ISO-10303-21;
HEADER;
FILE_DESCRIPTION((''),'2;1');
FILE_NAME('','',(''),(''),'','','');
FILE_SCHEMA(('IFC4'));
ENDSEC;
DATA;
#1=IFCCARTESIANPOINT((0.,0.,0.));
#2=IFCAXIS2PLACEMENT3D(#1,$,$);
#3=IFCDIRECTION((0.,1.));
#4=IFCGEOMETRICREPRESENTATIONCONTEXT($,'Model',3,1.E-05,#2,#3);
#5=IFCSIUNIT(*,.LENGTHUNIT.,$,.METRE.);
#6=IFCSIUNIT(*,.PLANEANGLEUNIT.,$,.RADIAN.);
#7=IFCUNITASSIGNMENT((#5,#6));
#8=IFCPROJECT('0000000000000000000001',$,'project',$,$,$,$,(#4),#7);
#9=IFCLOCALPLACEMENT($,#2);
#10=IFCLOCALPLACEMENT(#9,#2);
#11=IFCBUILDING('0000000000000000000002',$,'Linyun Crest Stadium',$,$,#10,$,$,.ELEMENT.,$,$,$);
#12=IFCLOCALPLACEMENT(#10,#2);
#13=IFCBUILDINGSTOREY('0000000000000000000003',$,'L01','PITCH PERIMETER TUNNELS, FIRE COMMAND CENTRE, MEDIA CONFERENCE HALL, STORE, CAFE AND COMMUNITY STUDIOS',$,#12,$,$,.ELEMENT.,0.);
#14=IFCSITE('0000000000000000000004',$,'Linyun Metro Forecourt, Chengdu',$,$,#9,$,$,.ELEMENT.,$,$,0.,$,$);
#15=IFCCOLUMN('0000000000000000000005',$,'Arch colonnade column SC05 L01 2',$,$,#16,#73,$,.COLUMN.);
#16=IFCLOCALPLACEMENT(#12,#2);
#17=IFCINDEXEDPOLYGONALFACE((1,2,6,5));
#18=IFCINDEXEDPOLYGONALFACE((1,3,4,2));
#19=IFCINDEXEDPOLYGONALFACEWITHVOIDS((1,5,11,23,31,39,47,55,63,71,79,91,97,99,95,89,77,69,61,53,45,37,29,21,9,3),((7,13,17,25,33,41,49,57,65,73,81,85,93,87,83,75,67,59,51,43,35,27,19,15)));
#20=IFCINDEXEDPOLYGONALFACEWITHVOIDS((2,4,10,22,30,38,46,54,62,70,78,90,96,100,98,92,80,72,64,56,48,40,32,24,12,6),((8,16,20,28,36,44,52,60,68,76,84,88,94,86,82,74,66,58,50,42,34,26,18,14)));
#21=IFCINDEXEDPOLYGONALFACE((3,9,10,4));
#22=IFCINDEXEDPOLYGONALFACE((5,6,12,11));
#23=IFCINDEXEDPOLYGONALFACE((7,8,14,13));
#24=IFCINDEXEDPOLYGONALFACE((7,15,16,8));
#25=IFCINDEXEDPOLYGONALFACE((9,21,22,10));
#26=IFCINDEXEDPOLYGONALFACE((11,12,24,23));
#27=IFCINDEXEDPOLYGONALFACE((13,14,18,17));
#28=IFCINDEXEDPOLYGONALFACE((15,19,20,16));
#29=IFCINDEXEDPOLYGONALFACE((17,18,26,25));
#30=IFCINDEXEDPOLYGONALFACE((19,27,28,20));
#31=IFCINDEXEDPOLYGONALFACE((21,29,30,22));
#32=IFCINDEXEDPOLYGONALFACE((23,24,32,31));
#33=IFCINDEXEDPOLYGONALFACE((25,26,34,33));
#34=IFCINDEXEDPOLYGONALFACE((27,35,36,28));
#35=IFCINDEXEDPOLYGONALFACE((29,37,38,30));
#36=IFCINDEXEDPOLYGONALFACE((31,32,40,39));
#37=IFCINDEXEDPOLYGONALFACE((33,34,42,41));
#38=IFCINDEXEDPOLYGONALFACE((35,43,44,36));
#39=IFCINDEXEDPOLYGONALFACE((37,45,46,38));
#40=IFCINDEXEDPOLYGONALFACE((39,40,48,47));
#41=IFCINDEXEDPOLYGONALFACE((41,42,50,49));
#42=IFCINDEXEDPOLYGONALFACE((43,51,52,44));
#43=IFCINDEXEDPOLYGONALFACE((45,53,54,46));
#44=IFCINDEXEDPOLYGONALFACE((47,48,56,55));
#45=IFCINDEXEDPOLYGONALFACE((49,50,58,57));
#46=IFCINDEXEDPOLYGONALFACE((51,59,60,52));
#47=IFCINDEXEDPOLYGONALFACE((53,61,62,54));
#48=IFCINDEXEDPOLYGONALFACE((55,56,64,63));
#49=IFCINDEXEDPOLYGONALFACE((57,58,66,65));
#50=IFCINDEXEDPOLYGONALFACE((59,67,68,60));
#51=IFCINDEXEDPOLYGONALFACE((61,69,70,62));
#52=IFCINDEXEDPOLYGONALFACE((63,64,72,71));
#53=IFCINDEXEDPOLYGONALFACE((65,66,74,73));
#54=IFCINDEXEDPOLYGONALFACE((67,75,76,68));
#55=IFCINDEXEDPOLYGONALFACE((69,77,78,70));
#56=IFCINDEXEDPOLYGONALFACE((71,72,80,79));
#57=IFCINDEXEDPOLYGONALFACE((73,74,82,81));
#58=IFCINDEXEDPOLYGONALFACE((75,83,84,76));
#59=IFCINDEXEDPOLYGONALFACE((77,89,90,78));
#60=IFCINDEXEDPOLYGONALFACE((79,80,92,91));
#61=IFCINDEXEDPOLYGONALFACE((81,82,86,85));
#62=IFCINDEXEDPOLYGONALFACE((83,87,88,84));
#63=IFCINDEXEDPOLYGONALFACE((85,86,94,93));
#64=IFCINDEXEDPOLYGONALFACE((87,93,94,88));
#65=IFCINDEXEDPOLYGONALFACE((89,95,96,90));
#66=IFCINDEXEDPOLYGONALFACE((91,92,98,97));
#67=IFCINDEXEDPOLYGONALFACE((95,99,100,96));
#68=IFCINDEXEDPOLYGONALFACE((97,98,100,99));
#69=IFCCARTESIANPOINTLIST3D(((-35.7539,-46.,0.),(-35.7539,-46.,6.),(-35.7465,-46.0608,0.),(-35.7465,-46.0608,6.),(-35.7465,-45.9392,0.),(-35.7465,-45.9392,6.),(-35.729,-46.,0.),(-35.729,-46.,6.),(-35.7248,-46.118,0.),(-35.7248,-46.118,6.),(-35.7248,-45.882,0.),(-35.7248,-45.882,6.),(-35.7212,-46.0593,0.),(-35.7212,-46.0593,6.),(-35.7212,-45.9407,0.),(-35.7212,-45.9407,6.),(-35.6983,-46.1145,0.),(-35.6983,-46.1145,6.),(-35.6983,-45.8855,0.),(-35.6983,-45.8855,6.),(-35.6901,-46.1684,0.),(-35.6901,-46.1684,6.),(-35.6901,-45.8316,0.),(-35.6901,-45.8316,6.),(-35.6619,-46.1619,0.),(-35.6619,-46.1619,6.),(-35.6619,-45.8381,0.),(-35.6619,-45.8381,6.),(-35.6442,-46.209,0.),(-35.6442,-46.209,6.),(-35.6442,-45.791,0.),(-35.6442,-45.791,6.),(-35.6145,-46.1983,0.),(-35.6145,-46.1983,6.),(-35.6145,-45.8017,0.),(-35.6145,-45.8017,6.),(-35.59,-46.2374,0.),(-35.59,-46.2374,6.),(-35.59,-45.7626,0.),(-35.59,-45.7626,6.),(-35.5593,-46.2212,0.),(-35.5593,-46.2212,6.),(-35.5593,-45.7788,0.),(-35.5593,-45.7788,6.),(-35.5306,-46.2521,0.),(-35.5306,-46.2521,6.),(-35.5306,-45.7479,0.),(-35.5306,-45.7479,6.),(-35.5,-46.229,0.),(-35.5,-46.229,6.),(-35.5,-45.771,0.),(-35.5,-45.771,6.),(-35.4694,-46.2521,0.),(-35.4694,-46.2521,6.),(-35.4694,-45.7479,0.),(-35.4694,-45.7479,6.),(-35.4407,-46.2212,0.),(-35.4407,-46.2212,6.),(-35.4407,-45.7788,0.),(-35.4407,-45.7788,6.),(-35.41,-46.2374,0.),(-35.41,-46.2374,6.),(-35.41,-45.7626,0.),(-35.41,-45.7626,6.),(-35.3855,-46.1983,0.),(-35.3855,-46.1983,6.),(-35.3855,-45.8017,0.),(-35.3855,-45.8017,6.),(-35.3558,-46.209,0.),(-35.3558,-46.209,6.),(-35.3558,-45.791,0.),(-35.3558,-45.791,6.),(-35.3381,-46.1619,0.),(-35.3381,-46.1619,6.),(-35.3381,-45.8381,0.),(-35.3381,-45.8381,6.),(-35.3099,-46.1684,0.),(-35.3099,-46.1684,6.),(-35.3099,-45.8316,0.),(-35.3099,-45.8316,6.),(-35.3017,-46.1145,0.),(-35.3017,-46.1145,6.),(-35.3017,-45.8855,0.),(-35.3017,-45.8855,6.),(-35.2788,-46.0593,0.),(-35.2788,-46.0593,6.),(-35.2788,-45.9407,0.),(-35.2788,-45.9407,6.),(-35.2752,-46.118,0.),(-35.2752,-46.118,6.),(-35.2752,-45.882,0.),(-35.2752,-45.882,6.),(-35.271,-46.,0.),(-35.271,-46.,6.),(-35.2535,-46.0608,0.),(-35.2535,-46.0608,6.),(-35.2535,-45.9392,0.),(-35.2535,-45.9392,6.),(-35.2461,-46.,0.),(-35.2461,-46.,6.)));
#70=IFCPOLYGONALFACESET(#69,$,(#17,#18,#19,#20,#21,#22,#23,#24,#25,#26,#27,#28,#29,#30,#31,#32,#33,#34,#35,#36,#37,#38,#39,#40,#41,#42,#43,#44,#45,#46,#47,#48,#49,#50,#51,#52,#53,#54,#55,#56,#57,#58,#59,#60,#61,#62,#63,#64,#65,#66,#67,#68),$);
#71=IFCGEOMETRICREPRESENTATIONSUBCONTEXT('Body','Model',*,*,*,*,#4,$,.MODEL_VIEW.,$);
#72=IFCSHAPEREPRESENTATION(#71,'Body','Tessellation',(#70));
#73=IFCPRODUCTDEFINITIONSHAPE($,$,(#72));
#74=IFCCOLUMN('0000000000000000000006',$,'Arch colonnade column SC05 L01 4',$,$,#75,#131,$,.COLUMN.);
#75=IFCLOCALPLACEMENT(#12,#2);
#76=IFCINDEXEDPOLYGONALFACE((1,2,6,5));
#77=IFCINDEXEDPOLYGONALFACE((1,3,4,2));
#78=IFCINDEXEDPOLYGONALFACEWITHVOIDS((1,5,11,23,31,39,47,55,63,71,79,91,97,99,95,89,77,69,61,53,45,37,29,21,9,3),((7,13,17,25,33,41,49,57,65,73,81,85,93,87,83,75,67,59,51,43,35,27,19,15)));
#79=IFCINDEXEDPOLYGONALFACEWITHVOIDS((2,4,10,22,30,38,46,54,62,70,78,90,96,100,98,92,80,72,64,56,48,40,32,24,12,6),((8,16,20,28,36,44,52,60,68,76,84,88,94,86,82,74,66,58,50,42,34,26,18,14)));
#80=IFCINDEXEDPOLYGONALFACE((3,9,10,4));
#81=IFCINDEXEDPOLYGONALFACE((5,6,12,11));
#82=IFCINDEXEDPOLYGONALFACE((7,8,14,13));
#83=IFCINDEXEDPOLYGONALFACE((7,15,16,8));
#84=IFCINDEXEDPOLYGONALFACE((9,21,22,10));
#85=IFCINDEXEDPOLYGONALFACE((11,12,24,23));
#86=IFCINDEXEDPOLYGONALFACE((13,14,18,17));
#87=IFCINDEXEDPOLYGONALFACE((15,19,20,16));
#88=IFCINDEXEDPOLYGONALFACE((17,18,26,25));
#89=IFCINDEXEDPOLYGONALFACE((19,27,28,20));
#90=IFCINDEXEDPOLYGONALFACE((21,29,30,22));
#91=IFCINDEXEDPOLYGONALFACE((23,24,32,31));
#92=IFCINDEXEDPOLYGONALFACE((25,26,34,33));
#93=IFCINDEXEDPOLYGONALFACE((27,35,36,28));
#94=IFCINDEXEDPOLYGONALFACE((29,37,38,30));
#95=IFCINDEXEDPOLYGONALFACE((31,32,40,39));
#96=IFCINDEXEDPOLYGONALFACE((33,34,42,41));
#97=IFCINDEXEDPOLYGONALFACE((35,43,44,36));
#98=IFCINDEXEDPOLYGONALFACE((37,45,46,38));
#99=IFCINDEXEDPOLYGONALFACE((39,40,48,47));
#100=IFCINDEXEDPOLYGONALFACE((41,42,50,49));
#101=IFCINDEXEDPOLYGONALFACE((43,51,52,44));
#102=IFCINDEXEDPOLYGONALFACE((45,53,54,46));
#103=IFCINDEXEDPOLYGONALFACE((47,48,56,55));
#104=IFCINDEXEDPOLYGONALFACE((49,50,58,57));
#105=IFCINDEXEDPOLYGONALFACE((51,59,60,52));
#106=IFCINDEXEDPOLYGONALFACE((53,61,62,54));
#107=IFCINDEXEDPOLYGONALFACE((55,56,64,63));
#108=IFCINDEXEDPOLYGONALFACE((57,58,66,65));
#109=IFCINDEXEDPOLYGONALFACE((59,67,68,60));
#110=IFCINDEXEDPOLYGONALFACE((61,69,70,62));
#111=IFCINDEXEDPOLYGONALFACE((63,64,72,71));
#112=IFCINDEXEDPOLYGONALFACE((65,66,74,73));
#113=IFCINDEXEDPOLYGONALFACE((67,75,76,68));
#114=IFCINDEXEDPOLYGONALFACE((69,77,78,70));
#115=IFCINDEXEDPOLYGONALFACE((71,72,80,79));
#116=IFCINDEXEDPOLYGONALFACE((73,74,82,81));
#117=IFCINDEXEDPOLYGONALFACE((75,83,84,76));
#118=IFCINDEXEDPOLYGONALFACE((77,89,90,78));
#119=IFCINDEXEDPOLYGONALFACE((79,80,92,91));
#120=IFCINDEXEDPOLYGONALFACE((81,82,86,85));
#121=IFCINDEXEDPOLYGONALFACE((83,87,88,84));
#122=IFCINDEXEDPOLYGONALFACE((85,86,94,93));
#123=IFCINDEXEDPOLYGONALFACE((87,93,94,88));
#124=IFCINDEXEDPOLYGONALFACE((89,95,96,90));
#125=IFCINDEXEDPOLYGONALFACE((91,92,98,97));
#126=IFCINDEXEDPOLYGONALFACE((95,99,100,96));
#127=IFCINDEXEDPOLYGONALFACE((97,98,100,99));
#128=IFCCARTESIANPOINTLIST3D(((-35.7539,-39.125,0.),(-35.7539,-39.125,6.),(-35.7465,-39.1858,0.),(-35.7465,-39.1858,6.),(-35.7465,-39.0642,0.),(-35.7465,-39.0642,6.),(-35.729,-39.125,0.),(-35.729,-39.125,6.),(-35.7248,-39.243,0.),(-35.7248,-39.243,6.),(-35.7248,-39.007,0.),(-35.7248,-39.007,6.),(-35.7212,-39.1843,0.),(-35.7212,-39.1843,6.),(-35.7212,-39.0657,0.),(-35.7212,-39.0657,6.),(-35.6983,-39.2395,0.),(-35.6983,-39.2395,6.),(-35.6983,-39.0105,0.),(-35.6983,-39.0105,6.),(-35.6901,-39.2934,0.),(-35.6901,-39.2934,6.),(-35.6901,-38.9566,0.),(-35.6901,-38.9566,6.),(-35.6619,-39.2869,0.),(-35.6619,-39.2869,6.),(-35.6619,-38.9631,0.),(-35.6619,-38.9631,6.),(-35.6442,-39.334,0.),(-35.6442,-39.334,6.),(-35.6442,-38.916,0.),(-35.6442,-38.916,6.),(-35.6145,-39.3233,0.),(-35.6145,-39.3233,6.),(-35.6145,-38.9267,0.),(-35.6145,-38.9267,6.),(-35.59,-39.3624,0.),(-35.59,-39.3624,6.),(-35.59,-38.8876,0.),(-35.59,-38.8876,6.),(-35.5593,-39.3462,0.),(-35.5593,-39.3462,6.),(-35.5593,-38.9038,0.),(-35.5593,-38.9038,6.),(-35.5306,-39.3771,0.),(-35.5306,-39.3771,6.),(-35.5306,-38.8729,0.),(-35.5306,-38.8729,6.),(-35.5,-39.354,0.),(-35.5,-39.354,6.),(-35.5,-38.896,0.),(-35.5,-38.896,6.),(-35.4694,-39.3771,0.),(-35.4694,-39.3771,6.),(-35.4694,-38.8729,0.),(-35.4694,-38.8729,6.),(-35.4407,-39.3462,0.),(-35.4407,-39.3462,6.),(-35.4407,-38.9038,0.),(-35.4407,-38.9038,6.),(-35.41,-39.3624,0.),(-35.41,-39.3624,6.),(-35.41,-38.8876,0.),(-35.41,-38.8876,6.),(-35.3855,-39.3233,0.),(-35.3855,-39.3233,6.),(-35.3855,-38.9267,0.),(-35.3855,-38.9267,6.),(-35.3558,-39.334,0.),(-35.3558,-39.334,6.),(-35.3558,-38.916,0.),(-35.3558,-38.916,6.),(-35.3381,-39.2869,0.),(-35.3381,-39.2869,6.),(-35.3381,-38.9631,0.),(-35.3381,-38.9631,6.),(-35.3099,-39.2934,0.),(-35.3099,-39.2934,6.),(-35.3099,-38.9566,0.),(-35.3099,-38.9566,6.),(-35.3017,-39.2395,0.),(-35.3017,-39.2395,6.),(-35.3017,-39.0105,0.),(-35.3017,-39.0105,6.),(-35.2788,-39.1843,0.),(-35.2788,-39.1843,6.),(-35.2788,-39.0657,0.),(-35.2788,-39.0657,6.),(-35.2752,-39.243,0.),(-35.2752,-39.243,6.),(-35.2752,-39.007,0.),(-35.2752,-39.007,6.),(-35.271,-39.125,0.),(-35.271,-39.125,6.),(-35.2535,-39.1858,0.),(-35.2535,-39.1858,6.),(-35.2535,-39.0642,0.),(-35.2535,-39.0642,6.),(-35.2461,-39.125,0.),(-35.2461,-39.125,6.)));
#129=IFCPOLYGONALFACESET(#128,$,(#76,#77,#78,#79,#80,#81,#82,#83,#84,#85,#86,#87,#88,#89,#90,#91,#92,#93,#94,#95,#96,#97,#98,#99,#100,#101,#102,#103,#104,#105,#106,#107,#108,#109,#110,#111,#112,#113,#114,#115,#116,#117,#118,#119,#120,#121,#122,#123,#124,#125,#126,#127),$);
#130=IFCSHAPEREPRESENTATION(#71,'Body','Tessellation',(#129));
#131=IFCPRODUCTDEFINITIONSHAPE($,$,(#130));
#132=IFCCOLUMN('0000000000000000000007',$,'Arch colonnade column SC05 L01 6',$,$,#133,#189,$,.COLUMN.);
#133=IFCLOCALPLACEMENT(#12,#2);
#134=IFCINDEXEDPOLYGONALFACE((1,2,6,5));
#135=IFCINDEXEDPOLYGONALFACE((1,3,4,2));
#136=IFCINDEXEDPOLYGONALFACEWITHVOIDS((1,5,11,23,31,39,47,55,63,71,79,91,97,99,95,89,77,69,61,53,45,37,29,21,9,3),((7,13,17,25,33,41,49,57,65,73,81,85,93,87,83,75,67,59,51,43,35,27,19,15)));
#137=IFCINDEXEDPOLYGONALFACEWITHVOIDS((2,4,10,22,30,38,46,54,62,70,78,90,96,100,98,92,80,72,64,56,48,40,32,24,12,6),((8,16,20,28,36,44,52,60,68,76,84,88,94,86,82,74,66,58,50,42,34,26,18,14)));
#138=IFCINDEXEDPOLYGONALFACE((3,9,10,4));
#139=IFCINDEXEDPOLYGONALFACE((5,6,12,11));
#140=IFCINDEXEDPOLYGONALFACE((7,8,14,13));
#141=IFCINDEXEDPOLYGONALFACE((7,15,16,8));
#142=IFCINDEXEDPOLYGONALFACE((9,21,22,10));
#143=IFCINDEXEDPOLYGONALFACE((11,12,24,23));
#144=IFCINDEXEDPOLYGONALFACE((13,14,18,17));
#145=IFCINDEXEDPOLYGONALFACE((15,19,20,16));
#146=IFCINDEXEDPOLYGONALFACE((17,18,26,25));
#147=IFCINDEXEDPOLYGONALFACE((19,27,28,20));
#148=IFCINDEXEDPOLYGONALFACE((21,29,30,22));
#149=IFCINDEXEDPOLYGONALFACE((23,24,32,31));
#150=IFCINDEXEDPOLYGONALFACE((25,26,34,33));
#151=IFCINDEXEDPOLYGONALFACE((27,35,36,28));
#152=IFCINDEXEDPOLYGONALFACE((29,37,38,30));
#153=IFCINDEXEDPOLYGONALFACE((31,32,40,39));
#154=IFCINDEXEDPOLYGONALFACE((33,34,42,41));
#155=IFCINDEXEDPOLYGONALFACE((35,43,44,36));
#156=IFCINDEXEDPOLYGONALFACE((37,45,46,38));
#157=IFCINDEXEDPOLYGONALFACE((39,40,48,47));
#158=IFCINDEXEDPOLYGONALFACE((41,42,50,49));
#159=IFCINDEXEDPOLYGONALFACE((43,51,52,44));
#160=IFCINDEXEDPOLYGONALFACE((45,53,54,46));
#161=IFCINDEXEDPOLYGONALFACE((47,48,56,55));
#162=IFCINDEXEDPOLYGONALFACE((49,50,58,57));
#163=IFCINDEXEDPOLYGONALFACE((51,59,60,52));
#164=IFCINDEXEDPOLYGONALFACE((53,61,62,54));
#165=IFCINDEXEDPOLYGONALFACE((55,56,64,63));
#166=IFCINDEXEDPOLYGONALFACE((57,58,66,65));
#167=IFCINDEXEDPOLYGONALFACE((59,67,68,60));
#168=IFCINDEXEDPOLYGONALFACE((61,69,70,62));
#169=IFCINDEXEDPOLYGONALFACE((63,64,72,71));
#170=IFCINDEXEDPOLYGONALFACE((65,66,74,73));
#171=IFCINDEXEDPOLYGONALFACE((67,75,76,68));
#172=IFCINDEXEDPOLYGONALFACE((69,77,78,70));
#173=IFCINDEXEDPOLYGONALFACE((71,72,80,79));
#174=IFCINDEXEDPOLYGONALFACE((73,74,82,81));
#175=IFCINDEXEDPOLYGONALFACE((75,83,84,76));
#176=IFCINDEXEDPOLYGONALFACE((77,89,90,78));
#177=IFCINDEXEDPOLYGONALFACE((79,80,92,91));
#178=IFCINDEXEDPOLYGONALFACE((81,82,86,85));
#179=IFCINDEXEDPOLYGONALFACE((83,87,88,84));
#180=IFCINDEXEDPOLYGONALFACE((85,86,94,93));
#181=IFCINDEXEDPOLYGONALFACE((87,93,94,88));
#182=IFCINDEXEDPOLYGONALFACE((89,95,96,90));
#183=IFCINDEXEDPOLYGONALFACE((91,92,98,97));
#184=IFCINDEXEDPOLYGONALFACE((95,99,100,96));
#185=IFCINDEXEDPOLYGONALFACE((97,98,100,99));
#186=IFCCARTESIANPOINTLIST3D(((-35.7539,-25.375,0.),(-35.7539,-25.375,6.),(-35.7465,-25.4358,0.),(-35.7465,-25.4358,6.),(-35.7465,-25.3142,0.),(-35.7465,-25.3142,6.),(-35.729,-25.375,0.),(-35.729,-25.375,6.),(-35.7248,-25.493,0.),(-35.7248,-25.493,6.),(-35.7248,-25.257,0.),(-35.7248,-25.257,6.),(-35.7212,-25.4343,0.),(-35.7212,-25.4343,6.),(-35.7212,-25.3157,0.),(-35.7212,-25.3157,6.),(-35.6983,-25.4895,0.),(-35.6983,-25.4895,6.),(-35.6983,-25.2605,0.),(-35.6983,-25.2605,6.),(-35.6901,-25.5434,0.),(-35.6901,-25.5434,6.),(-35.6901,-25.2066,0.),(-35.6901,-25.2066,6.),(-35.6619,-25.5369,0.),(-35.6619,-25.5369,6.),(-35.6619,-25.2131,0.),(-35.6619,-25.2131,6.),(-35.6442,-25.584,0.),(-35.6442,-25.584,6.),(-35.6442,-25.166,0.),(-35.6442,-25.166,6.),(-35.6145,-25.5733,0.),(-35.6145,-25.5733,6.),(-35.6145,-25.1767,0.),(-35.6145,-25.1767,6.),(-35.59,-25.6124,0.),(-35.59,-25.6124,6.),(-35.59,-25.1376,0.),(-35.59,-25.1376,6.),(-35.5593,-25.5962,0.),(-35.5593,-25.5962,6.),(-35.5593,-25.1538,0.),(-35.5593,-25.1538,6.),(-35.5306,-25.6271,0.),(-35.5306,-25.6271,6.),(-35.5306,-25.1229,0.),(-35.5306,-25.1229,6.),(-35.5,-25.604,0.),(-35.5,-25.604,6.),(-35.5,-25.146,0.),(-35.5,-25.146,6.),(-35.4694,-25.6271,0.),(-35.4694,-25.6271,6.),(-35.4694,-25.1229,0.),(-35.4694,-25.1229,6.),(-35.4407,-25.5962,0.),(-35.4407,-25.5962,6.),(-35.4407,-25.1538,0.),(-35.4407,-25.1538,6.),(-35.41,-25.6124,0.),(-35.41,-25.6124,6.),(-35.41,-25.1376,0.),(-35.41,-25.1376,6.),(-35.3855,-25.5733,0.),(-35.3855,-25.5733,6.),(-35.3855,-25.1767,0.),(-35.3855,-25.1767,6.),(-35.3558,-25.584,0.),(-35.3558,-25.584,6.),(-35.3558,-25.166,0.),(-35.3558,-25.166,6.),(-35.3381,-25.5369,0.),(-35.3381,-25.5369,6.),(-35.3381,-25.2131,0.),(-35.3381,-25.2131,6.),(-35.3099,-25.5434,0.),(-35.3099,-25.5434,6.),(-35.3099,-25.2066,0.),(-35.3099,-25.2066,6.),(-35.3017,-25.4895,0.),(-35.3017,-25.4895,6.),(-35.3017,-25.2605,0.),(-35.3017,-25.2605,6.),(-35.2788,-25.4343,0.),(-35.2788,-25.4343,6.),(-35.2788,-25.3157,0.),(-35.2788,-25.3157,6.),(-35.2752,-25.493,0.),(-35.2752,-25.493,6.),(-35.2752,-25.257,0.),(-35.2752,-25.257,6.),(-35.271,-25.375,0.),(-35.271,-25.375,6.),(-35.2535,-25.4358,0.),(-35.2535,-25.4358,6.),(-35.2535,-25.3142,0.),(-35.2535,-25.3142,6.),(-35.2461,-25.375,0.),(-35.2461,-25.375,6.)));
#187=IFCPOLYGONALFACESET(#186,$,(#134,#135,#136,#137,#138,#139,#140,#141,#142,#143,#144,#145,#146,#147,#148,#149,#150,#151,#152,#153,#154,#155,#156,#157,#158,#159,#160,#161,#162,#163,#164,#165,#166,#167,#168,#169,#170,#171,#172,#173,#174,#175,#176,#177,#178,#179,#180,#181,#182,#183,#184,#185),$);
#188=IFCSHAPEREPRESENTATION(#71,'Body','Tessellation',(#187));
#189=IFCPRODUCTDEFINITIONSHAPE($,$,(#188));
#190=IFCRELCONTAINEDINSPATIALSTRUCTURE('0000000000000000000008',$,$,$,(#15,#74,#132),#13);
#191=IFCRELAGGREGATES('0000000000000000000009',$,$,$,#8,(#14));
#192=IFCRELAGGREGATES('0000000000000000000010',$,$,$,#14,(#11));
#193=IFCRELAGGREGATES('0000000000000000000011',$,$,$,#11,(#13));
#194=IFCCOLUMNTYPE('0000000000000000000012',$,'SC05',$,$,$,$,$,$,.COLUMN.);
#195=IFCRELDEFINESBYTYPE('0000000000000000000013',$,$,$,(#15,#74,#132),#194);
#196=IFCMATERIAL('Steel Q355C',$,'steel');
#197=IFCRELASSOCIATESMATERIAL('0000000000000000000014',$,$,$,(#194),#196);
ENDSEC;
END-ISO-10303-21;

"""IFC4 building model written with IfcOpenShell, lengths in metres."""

from ifc_helpers import new_model, si_unit, direction, frame, origin, origin_2d, place, context, subcontext, project, spatial, hollow_circle, extrude, material, material_profile, profile_set, type_object, element, save


model = new_model("IFC4")

# Units and contexts
model_context = context("Model", 3, precision=1e-05, world=origin(), true_north=direction((0.0, 1.0)))
body_context = subcontext(model_context, "Body", "Model", "MODEL_VIEW")
ifc_project = project(units=[si_unit("LENGTHUNIT", "METRE"), si_unit("PLANEANGLEUNIT", "RADIAN")], contexts=[model_context])

# Site, building, storey
site_placement = place(None, origin())
site = spatial("IfcSite", under=ifc_project, at=site_placement, Name="Linyun Metro Forecourt, Chengdu", CompositionType="ELEMENT", RefElevation=0.0)
building_placement = place(site_placement, origin())
building = spatial("IfcBuilding", under=site, at=building_placement, Name="Linyun Crest Stadium", CompositionType="ELEMENT")
storey_placement = place(building_placement, origin())
storey = spatial("IfcBuildingStorey", under=building, at=storey_placement, Name="L01", Description="PITCH PERIMETER TUNNELS, FIRE COMMAND CENTRE, MEDIA CONFERENCE HALL, STORE, CAFE AND COMMUNITY STUDIOS", CompositionType="ELEMENT", Elevation=0.0)

# Columns
ifc_material_1 = material(Name="Steel Q355C", Category="steel")
ifc_material_profile_1 = material_profile(ifc_material_1, hollow_circle(Radius=0.2539, WallThickness=0.0249, at=origin_2d()), Name="CHS 508x25")
ifc_profile_set_1 = profile_set([ifc_material_profile_1], Name="Steel Q355C")
column_type = type_object("IfcColumnType", Name="SC05", PredefinedType="COLUMN", material=ifc_profile_set_1)
for number, where, z_axis, x_axis, name in (
    (1, (-35.5, -46.0, 0.0), (0.0, 0.0, 1.0), (1.0, 0.0, 0.0), "Arch colonnade column SC05 L01 2"),
    (2, (-35.5, -39.125, 0.0), (0.0, 0.0, 1.0), (1.0, 0.0, 0.0), "Arch colonnade column SC05 L01 4"),
    (3, (-35.5, -25.375, 0.0), (0.0, 0.0, 1.0), (1.0, 0.0, 0.0), "Arch colonnade column SC05 L01 6"),
):
    element("IfcColumn", number, at=place(storey_placement, frame(where, z_axis=z_axis, x_axis=x_axis)), inside=storey, type_object=column_type, Name=name, PredefinedType="COLUMN", context=body_context, shape_type="SweptSolid", body=[
        extrude(hollow_circle(Radius=0.2539, WallThickness=0.0249, at=origin_2d()), origin(), (0.0, 0.0, 1.0), 6.0),
    ])

save(model, "model.ifc")
